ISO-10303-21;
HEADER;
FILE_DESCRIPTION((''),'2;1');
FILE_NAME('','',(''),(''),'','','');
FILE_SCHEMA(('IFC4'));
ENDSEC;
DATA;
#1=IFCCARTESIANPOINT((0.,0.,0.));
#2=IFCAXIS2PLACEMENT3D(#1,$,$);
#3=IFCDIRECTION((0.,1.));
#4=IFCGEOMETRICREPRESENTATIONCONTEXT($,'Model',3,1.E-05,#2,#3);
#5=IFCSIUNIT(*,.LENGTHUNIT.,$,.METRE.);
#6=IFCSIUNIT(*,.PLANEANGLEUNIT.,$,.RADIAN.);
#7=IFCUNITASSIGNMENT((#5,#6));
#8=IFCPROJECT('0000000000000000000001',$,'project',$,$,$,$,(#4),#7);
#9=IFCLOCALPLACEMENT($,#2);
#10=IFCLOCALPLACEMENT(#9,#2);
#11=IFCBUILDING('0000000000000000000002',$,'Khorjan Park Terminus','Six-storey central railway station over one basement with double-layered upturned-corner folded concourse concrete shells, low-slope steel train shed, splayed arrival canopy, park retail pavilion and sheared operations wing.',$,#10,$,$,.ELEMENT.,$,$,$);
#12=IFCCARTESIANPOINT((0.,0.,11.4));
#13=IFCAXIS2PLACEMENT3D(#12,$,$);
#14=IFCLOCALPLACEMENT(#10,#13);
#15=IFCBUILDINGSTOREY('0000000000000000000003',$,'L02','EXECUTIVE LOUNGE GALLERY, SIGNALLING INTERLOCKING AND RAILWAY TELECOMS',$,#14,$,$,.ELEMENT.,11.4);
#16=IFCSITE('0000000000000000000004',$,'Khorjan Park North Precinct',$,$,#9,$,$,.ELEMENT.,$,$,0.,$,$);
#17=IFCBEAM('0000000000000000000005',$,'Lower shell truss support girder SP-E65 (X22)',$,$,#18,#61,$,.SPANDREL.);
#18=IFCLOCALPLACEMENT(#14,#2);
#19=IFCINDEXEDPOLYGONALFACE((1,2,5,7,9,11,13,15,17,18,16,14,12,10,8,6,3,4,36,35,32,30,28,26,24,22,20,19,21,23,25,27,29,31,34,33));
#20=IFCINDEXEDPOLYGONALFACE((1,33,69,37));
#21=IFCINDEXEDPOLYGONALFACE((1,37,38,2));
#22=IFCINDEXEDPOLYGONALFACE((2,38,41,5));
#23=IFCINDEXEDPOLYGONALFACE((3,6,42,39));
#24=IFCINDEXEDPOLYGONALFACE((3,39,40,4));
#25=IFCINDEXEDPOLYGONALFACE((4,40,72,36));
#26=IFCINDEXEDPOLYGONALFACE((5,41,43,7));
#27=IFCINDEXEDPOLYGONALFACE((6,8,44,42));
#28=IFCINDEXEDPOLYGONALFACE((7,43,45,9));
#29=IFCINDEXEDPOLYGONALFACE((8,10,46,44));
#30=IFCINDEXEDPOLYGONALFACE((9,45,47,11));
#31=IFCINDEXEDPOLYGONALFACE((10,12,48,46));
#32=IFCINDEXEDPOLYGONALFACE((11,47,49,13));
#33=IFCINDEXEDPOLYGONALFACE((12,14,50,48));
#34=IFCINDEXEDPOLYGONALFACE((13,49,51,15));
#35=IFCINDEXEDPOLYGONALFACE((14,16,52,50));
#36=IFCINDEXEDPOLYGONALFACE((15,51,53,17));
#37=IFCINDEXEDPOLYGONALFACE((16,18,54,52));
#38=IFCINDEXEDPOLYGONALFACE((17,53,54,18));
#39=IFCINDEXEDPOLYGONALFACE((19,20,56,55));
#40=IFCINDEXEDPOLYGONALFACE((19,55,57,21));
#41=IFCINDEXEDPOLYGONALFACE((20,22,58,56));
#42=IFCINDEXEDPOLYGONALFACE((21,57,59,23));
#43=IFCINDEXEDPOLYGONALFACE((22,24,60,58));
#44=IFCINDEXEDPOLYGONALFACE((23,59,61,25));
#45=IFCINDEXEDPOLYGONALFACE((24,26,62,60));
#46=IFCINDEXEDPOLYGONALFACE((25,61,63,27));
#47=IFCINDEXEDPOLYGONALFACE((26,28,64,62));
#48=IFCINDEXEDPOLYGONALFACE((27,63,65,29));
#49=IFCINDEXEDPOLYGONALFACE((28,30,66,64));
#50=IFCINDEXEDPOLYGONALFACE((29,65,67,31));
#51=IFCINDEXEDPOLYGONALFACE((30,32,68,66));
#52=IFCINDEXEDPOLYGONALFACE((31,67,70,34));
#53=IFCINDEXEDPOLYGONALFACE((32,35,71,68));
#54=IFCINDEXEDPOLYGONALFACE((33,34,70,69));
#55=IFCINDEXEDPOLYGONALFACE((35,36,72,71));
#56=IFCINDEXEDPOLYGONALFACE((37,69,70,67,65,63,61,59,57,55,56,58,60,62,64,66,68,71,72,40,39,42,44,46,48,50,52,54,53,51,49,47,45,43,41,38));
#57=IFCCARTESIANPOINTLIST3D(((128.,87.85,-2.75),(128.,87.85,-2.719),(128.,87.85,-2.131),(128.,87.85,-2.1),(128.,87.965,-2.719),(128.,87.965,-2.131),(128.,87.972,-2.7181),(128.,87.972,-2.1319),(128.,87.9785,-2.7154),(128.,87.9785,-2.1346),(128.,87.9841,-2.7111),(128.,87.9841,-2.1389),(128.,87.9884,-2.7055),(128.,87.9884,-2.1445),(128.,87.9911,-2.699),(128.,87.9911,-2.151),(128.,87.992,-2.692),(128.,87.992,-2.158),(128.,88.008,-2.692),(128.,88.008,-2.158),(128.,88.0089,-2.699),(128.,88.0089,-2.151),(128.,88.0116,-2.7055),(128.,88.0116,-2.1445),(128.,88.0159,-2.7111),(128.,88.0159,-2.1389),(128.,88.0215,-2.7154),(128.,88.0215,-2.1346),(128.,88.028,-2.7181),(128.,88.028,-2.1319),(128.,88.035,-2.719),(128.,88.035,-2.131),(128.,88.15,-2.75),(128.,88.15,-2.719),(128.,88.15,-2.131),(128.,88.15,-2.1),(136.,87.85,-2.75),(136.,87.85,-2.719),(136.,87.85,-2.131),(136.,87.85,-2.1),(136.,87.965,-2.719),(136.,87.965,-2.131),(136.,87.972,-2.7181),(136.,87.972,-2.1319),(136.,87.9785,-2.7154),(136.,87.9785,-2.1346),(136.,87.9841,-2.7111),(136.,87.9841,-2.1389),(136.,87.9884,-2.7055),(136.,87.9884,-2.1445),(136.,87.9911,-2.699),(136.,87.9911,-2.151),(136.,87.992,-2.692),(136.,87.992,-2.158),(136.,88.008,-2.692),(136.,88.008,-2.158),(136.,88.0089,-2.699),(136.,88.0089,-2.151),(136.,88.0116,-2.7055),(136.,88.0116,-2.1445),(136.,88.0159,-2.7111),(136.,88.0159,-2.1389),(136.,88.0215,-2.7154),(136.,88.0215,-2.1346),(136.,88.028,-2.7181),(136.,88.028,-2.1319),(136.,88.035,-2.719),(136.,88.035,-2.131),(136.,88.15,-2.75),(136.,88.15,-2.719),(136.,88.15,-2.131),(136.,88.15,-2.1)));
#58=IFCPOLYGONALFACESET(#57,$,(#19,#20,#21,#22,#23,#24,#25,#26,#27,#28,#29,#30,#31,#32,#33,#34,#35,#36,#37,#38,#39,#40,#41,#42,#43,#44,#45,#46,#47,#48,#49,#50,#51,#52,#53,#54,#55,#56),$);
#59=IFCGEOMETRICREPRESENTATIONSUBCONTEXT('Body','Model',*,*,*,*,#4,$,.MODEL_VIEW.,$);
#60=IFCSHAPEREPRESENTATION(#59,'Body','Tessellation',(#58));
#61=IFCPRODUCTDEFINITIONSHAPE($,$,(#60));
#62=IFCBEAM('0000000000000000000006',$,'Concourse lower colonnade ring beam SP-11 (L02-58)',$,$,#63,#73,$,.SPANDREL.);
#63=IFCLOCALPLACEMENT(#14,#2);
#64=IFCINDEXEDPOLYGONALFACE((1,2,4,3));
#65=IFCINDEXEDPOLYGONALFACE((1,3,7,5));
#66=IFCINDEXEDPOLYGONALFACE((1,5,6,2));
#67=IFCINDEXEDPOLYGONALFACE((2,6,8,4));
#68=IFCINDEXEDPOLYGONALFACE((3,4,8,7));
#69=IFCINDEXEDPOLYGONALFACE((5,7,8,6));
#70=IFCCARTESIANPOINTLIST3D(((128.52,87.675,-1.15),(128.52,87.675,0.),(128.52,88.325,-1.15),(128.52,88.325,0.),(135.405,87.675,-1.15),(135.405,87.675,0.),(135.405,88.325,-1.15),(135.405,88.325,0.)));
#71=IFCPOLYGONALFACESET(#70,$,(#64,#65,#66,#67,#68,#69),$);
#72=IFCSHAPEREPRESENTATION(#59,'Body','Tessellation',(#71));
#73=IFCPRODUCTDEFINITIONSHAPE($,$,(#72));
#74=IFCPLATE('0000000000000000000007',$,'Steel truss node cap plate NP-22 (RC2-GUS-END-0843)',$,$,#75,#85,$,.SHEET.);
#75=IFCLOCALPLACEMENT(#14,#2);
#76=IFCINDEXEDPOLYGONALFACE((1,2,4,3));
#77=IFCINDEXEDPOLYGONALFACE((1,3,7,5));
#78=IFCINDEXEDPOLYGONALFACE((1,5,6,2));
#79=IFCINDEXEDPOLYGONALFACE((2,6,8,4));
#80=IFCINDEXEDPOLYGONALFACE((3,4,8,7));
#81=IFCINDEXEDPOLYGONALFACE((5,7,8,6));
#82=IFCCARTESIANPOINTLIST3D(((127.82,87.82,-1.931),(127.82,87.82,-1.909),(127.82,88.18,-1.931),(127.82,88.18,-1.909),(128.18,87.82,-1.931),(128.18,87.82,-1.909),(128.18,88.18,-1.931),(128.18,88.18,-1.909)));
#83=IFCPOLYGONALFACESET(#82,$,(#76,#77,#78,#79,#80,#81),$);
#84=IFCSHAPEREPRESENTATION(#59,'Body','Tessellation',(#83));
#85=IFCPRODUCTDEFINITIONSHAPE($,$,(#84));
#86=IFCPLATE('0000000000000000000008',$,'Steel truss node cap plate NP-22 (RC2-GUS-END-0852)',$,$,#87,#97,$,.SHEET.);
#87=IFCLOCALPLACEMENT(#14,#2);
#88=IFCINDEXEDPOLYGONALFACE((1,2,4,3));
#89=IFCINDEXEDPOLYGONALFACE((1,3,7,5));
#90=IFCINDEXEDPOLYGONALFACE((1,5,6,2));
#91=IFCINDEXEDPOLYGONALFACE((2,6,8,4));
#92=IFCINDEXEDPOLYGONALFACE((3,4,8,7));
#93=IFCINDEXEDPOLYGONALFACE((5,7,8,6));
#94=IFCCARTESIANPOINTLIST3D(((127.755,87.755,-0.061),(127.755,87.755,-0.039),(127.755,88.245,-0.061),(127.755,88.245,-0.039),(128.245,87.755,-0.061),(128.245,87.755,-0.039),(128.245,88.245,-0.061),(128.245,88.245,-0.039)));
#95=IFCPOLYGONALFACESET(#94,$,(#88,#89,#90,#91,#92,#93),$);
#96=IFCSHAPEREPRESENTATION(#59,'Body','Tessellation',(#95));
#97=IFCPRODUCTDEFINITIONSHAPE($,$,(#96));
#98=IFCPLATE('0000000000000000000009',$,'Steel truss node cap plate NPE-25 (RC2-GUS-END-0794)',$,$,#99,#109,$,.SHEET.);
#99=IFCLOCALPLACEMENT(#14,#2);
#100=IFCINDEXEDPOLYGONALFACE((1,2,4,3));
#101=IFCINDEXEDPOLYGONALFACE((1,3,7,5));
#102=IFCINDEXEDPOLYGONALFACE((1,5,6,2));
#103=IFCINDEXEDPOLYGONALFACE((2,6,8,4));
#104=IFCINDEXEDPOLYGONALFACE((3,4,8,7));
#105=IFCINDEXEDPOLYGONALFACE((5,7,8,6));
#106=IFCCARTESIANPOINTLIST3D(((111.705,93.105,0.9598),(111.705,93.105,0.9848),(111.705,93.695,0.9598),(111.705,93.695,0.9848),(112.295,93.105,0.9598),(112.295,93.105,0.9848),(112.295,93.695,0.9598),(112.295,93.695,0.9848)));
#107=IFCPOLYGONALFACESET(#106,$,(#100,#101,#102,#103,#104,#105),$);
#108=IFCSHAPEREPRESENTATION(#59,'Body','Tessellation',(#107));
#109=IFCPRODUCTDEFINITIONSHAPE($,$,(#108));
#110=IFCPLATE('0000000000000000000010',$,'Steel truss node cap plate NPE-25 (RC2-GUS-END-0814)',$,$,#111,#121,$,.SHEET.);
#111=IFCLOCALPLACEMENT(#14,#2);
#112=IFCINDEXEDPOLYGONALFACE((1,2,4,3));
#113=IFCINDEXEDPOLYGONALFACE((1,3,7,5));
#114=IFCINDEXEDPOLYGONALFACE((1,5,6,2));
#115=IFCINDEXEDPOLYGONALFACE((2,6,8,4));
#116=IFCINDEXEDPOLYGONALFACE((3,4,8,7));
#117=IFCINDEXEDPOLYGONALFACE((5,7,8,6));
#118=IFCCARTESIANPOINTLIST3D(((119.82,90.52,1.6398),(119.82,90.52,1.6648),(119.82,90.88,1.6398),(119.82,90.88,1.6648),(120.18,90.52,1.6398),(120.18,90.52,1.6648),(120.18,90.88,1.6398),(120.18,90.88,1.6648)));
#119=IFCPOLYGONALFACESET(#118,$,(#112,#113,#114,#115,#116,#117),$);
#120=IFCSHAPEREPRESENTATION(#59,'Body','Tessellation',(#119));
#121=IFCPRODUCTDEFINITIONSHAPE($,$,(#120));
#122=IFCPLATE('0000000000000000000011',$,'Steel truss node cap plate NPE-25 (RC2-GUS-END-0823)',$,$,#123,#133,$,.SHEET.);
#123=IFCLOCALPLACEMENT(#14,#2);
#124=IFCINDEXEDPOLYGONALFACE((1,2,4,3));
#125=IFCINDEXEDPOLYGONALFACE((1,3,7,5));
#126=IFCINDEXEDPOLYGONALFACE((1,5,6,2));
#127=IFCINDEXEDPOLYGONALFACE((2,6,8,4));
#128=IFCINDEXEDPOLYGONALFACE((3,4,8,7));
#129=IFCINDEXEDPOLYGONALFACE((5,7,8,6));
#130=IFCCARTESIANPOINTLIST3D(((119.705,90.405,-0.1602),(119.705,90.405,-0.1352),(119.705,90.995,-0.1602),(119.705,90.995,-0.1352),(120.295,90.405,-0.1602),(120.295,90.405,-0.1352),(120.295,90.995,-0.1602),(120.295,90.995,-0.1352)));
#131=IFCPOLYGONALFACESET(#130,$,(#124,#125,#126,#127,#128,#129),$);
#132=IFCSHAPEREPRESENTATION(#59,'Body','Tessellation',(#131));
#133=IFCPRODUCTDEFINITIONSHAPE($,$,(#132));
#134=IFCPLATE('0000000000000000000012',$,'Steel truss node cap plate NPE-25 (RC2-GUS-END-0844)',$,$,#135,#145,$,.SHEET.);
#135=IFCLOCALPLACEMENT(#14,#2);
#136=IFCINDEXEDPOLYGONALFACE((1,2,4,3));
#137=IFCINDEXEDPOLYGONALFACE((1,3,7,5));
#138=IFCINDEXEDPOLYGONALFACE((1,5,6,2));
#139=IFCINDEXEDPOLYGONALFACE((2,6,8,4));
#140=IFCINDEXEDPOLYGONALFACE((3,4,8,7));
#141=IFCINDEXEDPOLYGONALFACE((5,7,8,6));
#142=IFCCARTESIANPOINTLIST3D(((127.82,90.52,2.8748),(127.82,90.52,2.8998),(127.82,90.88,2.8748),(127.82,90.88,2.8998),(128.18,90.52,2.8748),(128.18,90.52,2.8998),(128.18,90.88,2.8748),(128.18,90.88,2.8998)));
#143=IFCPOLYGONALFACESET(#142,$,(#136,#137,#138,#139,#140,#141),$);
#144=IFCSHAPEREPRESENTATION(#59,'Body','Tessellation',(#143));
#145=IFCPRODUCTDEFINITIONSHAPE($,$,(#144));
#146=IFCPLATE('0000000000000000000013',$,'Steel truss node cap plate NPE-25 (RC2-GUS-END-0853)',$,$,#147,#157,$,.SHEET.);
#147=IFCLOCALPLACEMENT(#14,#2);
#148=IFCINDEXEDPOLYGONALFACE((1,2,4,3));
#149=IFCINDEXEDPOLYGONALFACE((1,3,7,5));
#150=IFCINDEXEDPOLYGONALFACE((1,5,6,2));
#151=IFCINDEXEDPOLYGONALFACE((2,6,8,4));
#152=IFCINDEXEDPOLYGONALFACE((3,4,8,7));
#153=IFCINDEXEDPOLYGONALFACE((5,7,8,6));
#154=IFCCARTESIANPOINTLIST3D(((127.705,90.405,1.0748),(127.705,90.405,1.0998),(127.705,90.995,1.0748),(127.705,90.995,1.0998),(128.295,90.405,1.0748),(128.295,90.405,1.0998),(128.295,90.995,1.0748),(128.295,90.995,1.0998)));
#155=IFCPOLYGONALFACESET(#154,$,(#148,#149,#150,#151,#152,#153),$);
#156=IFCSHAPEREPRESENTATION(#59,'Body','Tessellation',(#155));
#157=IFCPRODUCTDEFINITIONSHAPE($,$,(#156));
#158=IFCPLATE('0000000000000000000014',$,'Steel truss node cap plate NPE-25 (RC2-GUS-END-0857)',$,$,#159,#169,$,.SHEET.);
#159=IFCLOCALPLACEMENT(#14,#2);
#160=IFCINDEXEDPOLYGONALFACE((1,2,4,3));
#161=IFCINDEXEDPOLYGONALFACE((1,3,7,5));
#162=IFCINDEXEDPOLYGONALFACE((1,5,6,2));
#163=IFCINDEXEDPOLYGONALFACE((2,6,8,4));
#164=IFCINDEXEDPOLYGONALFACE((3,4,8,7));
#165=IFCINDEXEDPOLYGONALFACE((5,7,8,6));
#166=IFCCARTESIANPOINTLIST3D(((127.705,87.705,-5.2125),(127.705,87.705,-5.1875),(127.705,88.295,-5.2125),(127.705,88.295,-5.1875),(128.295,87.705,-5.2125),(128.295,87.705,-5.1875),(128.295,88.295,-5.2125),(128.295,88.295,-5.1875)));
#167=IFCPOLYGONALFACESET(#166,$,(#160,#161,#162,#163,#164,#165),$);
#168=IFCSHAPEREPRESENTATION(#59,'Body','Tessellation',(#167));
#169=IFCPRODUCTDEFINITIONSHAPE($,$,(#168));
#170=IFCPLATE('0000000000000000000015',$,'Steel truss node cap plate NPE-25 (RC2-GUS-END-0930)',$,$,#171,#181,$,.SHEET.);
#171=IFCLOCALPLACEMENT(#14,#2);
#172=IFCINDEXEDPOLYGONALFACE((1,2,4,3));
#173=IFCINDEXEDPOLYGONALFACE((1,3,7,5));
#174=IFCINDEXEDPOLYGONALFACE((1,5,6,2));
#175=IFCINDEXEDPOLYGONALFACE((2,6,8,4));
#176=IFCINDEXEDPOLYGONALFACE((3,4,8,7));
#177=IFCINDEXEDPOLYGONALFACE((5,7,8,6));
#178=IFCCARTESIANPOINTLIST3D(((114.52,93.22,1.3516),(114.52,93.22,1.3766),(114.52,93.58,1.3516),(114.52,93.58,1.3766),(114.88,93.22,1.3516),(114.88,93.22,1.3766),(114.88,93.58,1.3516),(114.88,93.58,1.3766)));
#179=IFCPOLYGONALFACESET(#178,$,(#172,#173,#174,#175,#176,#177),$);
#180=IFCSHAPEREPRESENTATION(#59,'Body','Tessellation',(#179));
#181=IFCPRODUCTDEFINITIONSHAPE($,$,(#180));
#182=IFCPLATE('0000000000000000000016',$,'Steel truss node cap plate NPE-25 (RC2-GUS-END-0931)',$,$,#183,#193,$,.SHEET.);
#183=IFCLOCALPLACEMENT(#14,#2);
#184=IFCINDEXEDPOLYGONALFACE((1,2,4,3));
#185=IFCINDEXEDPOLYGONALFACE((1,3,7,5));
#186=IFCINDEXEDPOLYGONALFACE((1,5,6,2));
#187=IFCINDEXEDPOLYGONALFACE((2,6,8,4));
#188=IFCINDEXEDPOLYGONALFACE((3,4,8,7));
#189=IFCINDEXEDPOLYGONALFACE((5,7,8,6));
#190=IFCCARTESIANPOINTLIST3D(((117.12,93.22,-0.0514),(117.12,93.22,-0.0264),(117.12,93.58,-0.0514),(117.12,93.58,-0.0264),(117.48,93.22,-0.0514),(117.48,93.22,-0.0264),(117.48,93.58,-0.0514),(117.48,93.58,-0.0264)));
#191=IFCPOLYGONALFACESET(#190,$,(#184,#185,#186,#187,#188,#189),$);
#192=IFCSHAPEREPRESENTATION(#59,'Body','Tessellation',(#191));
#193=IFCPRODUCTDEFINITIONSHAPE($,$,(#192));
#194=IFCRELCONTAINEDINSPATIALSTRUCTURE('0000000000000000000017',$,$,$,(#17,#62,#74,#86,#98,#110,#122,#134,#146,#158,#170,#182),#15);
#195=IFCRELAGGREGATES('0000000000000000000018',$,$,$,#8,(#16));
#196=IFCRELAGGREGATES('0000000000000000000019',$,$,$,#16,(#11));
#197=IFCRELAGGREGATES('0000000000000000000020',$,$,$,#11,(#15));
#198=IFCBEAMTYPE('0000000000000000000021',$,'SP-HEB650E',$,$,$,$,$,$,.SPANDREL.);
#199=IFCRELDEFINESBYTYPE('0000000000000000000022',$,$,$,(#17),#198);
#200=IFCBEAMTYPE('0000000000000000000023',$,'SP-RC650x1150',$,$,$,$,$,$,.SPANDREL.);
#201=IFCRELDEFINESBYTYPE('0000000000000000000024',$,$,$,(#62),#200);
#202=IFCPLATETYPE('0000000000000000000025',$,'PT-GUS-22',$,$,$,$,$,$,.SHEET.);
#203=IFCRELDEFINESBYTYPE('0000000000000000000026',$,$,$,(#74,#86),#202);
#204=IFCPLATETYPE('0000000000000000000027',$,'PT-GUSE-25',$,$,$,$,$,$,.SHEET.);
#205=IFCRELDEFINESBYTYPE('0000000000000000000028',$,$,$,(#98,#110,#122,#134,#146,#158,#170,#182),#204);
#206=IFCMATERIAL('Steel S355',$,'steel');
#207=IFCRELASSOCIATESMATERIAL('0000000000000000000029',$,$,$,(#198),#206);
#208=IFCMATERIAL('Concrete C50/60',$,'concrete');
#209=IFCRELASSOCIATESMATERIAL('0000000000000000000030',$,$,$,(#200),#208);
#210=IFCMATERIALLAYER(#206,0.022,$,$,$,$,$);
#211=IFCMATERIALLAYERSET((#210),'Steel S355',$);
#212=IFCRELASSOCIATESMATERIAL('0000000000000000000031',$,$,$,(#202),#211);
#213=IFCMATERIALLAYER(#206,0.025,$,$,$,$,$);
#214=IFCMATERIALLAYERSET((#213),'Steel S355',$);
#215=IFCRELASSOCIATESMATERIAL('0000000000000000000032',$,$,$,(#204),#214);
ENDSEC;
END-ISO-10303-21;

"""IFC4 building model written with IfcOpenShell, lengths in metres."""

from ifc_helpers import new_model, si_unit, direction, frame, origin, origin_2d, place, context, subcontext, project, spatial, rectangle, i_section, extrude, material, layer, layer_set, material_profile, profile_set, type_object, element, save


model = new_model("IFC4")

# Units and contexts
model_context = context("Model", 3, precision=1e-05, world=origin(), true_north=direction((0.0, 1.0)))
body_context = subcontext(model_context, "Body", "Model", "MODEL_VIEW")
ifc_project = project(units=[si_unit("LENGTHUNIT", "METRE"), si_unit("PLANEANGLEUNIT", "RADIAN")], contexts=[model_context])

# Site, building, storey
site_placement = place(None, origin())
site = spatial("IfcSite", under=ifc_project, at=site_placement, Name="Khorjan Park North Precinct", CompositionType="ELEMENT", RefElevation=0.0)
building_placement = place(site_placement, origin())
building = spatial("IfcBuilding", under=site, at=building_placement, Name="Khorjan Park Terminus", Description="Six-storey central railway station over one basement with double-layered upturned-corner folded concourse concrete shells, low-slope steel train shed, splayed arrival canopy, park retail pavilion and sheared operations wing.", CompositionType="ELEMENT")
storey_placement = place(building_placement, frame((0.0, 0.0, 11.4)))
storey = spatial("IfcBuildingStorey", under=building, at=storey_placement, Name="L02", Description="EXECUTIVE LOUNGE GALLERY, SIGNALLING INTERLOCKING AND RAILWAY TELECOMS", CompositionType="ELEMENT", Elevation=11.4)

# Shared definitions
ifc_material_1 = material(Name="Steel S355", Category="steel")

# Beams
ifc_material_profile_1 = material_profile(ifc_material_1, i_section(OverallWidth=0.3, OverallDepth=0.65, WebThickness=0.016, FlangeThickness=0.031, FilletRadius=0.027, at=origin_2d()), Name="HEB 650")
ifc_profile_set_1 = profile_set([ifc_material_profile_1], Name="Steel S355")
beam_type_1 = type_object("IfcBeamType", Name="SP-HEB650E", PredefinedType="SPANDREL", material=ifc_profile_set_1)
beam_1_placement = place(storey_placement, frame((128.0, 88.0, -2.425), z_axis=(1.0, 0.0, 0.0), x_axis=(0.0, 1.0, 0.0)))
element("IfcBeam", 1, at=beam_1_placement, inside=storey, type_object=beam_type_1, Name="Lower shell truss support girder SP-E65 (X22)", PredefinedType="SPANDREL", context=body_context, shape_type="SweptSolid", body=[
    extrude(i_section(OverallWidth=0.3, OverallDepth=0.65, WebThickness=0.016, FlangeThickness=0.031, FilletRadius=0.027, at=origin_2d()), origin(), (0.0, 0.0, 1.0), 8.0),
])
ifc_material_2 = material(Name="Concrete C50/60", Category="concrete")
ifc_material_profile_2 = material_profile(ifc_material_2, rectangle(XDim=0.65, YDim=1.15, at=origin_2d()), Name="RC 650x1150")
ifc_profile_set_2 = profile_set([ifc_material_profile_2], Name="Concrete C50/60")
beam_type_2 = type_object("IfcBeamType", Name="SP-RC650x1150", PredefinedType="SPANDREL", material=ifc_profile_set_2)
beam_2_placement = place(storey_placement, frame((128.52, 88.0, -0.575), z_axis=(1.0, 0.0, 0.0), x_axis=(0.0, 1.0, 0.0)))
element("IfcBeam", 2, at=beam_2_placement, inside=storey, type_object=beam_type_2, Name="Concourse lower colonnade ring beam SP-11 (L02-58)", PredefinedType="SPANDREL", context=body_context, shape_type="SweptSolid", body=[
    extrude(rectangle(XDim=0.65, YDim=1.15, at=origin_2d()), origin(), (0.0, 0.0, 1.0), 6.885),
])

# Plates
ifc_layer_1 = layer(ifc_material_1, 0.022)
ifc_layer_set_1 = layer_set([ifc_layer_1], Name="Steel S355")
plate_type_1 = type_object("IfcPlateType", Name="PT-GUS-22", PredefinedType="SHEET", material=ifc_layer_set_1)
plate_1_placement = place(storey_placement, frame((128.0, 88.0, -1.931), z_axis=(0.0, 0.0, 1.0), x_axis=(1.0, 0.0, 0.0)))
element("IfcPlate", 3, at=plate_1_placement, inside=storey, type_object=plate_type_1, Name="Steel truss node cap plate NP-22 (RC2-GUS-END-0843)", PredefinedType="SHEET", context=body_context, shape_type="SweptSolid", body=[
    extrude(rectangle(XDim=0.36, YDim=0.36, at=origin_2d()), origin(), (0.0, 0.0, 1.0), 0.022),
])
plate_2_placement = place(storey_placement, frame((128.0, 88.0, -0.061), z_axis=(0.0, 0.0, 1.0), x_axis=(1.0, 0.0, 0.0)))
element("IfcPlate", 4, at=plate_2_placement, inside=storey, type_object=plate_type_1, Name="Steel truss node cap plate NP-22 (RC2-GUS-END-0852)", PredefinedType="SHEET", context=body_context, shape_type="SweptSolid", body=[
    extrude(rectangle(XDim=0.49, YDim=0.49, at=origin_2d()), origin(), (0.0, 0.0, 1.0), 0.022),
])
ifc_layer_2 = layer(ifc_material_1, 0.025)
ifc_layer_set_2 = layer_set([ifc_layer_2], Name="Steel S355")
plate_type_2 = type_object("IfcPlateType", Name="PT-GUSE-25", PredefinedType="SHEET", material=ifc_layer_set_2)
plate_3_placement = place(storey_placement, frame((112.0, 93.4, 0.9598), z_axis=(0.0, 0.0, 1.0), x_axis=(1.0, 0.0, 0.0)))
element("IfcPlate", 5, at=plate_3_placement, inside=storey, type_object=plate_type_2, Name="Steel truss node cap plate NPE-25 (RC2-GUS-END-0794)", PredefinedType="SHEET", context=body_context, shape_type="SweptSolid", body=[
    extrude(rectangle(XDim=0.59, YDim=0.59, at=origin_2d()), origin(), (0.0, 0.0, 1.0), 0.025),
])
plate_4_placement = place(storey_placement, frame((120.0, 90.7, 1.6398), z_axis=(0.0, 0.0, 1.0), x_axis=(1.0, 0.0, 0.0)))
element("IfcPlate", 6, at=plate_4_placement, inside=storey, type_object=plate_type_2, Name="Steel truss node cap plate NPE-25 (RC2-GUS-END-0814)", PredefinedType="SHEET", context=body_context, shape_type="SweptSolid", body=[
    extrude(rectangle(XDim=0.36, YDim=0.36, at=origin_2d()), origin(), (0.0, 0.0, 1.0), 0.025),
])
plate_5_placement = place(storey_placement, frame((120.0, 90.7, -0.1602), z_axis=(0.0, 0.0, 1.0), x_axis=(1.0, 0.0, 0.0)))
element("IfcPlate", 7, at=plate_5_placement, inside=storey, type_object=plate_type_2, Name="Steel truss node cap plate NPE-25 (RC2-GUS-END-0823)", PredefinedType="SHEET", context=body_context, shape_type="SweptSolid", body=[
    extrude(rectangle(XDim=0.59, YDim=0.59, at=origin_2d()), origin(), (0.0, 0.0, 1.0), 0.025),
])
plate_6_placement = place(storey_placement, frame((128.0, 90.7, 2.8748), z_axis=(0.0, 0.0, 1.0), x_axis=(1.0, 0.0, 0.0)))
element("IfcPlate", 8, at=plate_6_placement, inside=storey, type_object=plate_type_2, Name="Steel truss node cap plate NPE-25 (RC2-GUS-END-0844)", PredefinedType="SHEET", context=body_context, shape_type="SweptSolid", body=[
    extrude(rectangle(XDim=0.36, YDim=0.36, at=origin_2d()), origin(), (0.0, 0.0, 1.0), 0.025),
])
for number, where, z_axis, x_axis, name in (
    (9, (128.0, 90.7, 1.0748), (0.0, 0.0, 1.0), (1.0, 0.0, 0.0), "Steel truss node cap plate NPE-25 (RC2-GUS-END-0853)"),
    (10, (128.0, 88.0, -5.2125), (0.0, 0.0, 1.0), (1.0, 0.0, 0.0), "Steel truss node cap plate NPE-25 (RC2-GUS-END-0857)"),
):
    element("IfcPlate", number, at=place(storey_placement, frame(where, z_axis=z_axis, x_axis=x_axis)), inside=storey, type_object=plate_type_2, Name=name, PredefinedType="SHEET", context=body_context, shape_type="SweptSolid", body=[
        extrude(rectangle(XDim=0.59, YDim=0.59, at=origin_2d()), origin(), (0.0, 0.0, 1.0), 0.025),
    ])
for number, where, z_axis, x_axis, name in (
    (11, (114.7, 93.4, 1.3516), (0.0, 0.0, 1.0), (1.0, 0.0, 0.0), "Steel truss node cap plate NPE-25 (RC2-GUS-END-0930)"),
    (12, (117.3, 93.4, -0.0514), (0.0, 0.0, 1.0), (1.0, 0.0, 0.0), "Steel truss node cap plate NPE-25 (RC2-GUS-END-0931)"),
):
    element("IfcPlate", number, at=place(storey_placement, frame(where, z_axis=z_axis, x_axis=x_axis)), inside=storey, type_object=plate_type_2, Name=name, PredefinedType="SHEET", context=body_context, shape_type="SweptSolid", body=[
        extrude(rectangle(XDim=0.36, YDim=0.36, at=origin_2d()), origin(), (0.0, 0.0, 1.0), 0.025),
    ])

save(model, "model.ifc")
